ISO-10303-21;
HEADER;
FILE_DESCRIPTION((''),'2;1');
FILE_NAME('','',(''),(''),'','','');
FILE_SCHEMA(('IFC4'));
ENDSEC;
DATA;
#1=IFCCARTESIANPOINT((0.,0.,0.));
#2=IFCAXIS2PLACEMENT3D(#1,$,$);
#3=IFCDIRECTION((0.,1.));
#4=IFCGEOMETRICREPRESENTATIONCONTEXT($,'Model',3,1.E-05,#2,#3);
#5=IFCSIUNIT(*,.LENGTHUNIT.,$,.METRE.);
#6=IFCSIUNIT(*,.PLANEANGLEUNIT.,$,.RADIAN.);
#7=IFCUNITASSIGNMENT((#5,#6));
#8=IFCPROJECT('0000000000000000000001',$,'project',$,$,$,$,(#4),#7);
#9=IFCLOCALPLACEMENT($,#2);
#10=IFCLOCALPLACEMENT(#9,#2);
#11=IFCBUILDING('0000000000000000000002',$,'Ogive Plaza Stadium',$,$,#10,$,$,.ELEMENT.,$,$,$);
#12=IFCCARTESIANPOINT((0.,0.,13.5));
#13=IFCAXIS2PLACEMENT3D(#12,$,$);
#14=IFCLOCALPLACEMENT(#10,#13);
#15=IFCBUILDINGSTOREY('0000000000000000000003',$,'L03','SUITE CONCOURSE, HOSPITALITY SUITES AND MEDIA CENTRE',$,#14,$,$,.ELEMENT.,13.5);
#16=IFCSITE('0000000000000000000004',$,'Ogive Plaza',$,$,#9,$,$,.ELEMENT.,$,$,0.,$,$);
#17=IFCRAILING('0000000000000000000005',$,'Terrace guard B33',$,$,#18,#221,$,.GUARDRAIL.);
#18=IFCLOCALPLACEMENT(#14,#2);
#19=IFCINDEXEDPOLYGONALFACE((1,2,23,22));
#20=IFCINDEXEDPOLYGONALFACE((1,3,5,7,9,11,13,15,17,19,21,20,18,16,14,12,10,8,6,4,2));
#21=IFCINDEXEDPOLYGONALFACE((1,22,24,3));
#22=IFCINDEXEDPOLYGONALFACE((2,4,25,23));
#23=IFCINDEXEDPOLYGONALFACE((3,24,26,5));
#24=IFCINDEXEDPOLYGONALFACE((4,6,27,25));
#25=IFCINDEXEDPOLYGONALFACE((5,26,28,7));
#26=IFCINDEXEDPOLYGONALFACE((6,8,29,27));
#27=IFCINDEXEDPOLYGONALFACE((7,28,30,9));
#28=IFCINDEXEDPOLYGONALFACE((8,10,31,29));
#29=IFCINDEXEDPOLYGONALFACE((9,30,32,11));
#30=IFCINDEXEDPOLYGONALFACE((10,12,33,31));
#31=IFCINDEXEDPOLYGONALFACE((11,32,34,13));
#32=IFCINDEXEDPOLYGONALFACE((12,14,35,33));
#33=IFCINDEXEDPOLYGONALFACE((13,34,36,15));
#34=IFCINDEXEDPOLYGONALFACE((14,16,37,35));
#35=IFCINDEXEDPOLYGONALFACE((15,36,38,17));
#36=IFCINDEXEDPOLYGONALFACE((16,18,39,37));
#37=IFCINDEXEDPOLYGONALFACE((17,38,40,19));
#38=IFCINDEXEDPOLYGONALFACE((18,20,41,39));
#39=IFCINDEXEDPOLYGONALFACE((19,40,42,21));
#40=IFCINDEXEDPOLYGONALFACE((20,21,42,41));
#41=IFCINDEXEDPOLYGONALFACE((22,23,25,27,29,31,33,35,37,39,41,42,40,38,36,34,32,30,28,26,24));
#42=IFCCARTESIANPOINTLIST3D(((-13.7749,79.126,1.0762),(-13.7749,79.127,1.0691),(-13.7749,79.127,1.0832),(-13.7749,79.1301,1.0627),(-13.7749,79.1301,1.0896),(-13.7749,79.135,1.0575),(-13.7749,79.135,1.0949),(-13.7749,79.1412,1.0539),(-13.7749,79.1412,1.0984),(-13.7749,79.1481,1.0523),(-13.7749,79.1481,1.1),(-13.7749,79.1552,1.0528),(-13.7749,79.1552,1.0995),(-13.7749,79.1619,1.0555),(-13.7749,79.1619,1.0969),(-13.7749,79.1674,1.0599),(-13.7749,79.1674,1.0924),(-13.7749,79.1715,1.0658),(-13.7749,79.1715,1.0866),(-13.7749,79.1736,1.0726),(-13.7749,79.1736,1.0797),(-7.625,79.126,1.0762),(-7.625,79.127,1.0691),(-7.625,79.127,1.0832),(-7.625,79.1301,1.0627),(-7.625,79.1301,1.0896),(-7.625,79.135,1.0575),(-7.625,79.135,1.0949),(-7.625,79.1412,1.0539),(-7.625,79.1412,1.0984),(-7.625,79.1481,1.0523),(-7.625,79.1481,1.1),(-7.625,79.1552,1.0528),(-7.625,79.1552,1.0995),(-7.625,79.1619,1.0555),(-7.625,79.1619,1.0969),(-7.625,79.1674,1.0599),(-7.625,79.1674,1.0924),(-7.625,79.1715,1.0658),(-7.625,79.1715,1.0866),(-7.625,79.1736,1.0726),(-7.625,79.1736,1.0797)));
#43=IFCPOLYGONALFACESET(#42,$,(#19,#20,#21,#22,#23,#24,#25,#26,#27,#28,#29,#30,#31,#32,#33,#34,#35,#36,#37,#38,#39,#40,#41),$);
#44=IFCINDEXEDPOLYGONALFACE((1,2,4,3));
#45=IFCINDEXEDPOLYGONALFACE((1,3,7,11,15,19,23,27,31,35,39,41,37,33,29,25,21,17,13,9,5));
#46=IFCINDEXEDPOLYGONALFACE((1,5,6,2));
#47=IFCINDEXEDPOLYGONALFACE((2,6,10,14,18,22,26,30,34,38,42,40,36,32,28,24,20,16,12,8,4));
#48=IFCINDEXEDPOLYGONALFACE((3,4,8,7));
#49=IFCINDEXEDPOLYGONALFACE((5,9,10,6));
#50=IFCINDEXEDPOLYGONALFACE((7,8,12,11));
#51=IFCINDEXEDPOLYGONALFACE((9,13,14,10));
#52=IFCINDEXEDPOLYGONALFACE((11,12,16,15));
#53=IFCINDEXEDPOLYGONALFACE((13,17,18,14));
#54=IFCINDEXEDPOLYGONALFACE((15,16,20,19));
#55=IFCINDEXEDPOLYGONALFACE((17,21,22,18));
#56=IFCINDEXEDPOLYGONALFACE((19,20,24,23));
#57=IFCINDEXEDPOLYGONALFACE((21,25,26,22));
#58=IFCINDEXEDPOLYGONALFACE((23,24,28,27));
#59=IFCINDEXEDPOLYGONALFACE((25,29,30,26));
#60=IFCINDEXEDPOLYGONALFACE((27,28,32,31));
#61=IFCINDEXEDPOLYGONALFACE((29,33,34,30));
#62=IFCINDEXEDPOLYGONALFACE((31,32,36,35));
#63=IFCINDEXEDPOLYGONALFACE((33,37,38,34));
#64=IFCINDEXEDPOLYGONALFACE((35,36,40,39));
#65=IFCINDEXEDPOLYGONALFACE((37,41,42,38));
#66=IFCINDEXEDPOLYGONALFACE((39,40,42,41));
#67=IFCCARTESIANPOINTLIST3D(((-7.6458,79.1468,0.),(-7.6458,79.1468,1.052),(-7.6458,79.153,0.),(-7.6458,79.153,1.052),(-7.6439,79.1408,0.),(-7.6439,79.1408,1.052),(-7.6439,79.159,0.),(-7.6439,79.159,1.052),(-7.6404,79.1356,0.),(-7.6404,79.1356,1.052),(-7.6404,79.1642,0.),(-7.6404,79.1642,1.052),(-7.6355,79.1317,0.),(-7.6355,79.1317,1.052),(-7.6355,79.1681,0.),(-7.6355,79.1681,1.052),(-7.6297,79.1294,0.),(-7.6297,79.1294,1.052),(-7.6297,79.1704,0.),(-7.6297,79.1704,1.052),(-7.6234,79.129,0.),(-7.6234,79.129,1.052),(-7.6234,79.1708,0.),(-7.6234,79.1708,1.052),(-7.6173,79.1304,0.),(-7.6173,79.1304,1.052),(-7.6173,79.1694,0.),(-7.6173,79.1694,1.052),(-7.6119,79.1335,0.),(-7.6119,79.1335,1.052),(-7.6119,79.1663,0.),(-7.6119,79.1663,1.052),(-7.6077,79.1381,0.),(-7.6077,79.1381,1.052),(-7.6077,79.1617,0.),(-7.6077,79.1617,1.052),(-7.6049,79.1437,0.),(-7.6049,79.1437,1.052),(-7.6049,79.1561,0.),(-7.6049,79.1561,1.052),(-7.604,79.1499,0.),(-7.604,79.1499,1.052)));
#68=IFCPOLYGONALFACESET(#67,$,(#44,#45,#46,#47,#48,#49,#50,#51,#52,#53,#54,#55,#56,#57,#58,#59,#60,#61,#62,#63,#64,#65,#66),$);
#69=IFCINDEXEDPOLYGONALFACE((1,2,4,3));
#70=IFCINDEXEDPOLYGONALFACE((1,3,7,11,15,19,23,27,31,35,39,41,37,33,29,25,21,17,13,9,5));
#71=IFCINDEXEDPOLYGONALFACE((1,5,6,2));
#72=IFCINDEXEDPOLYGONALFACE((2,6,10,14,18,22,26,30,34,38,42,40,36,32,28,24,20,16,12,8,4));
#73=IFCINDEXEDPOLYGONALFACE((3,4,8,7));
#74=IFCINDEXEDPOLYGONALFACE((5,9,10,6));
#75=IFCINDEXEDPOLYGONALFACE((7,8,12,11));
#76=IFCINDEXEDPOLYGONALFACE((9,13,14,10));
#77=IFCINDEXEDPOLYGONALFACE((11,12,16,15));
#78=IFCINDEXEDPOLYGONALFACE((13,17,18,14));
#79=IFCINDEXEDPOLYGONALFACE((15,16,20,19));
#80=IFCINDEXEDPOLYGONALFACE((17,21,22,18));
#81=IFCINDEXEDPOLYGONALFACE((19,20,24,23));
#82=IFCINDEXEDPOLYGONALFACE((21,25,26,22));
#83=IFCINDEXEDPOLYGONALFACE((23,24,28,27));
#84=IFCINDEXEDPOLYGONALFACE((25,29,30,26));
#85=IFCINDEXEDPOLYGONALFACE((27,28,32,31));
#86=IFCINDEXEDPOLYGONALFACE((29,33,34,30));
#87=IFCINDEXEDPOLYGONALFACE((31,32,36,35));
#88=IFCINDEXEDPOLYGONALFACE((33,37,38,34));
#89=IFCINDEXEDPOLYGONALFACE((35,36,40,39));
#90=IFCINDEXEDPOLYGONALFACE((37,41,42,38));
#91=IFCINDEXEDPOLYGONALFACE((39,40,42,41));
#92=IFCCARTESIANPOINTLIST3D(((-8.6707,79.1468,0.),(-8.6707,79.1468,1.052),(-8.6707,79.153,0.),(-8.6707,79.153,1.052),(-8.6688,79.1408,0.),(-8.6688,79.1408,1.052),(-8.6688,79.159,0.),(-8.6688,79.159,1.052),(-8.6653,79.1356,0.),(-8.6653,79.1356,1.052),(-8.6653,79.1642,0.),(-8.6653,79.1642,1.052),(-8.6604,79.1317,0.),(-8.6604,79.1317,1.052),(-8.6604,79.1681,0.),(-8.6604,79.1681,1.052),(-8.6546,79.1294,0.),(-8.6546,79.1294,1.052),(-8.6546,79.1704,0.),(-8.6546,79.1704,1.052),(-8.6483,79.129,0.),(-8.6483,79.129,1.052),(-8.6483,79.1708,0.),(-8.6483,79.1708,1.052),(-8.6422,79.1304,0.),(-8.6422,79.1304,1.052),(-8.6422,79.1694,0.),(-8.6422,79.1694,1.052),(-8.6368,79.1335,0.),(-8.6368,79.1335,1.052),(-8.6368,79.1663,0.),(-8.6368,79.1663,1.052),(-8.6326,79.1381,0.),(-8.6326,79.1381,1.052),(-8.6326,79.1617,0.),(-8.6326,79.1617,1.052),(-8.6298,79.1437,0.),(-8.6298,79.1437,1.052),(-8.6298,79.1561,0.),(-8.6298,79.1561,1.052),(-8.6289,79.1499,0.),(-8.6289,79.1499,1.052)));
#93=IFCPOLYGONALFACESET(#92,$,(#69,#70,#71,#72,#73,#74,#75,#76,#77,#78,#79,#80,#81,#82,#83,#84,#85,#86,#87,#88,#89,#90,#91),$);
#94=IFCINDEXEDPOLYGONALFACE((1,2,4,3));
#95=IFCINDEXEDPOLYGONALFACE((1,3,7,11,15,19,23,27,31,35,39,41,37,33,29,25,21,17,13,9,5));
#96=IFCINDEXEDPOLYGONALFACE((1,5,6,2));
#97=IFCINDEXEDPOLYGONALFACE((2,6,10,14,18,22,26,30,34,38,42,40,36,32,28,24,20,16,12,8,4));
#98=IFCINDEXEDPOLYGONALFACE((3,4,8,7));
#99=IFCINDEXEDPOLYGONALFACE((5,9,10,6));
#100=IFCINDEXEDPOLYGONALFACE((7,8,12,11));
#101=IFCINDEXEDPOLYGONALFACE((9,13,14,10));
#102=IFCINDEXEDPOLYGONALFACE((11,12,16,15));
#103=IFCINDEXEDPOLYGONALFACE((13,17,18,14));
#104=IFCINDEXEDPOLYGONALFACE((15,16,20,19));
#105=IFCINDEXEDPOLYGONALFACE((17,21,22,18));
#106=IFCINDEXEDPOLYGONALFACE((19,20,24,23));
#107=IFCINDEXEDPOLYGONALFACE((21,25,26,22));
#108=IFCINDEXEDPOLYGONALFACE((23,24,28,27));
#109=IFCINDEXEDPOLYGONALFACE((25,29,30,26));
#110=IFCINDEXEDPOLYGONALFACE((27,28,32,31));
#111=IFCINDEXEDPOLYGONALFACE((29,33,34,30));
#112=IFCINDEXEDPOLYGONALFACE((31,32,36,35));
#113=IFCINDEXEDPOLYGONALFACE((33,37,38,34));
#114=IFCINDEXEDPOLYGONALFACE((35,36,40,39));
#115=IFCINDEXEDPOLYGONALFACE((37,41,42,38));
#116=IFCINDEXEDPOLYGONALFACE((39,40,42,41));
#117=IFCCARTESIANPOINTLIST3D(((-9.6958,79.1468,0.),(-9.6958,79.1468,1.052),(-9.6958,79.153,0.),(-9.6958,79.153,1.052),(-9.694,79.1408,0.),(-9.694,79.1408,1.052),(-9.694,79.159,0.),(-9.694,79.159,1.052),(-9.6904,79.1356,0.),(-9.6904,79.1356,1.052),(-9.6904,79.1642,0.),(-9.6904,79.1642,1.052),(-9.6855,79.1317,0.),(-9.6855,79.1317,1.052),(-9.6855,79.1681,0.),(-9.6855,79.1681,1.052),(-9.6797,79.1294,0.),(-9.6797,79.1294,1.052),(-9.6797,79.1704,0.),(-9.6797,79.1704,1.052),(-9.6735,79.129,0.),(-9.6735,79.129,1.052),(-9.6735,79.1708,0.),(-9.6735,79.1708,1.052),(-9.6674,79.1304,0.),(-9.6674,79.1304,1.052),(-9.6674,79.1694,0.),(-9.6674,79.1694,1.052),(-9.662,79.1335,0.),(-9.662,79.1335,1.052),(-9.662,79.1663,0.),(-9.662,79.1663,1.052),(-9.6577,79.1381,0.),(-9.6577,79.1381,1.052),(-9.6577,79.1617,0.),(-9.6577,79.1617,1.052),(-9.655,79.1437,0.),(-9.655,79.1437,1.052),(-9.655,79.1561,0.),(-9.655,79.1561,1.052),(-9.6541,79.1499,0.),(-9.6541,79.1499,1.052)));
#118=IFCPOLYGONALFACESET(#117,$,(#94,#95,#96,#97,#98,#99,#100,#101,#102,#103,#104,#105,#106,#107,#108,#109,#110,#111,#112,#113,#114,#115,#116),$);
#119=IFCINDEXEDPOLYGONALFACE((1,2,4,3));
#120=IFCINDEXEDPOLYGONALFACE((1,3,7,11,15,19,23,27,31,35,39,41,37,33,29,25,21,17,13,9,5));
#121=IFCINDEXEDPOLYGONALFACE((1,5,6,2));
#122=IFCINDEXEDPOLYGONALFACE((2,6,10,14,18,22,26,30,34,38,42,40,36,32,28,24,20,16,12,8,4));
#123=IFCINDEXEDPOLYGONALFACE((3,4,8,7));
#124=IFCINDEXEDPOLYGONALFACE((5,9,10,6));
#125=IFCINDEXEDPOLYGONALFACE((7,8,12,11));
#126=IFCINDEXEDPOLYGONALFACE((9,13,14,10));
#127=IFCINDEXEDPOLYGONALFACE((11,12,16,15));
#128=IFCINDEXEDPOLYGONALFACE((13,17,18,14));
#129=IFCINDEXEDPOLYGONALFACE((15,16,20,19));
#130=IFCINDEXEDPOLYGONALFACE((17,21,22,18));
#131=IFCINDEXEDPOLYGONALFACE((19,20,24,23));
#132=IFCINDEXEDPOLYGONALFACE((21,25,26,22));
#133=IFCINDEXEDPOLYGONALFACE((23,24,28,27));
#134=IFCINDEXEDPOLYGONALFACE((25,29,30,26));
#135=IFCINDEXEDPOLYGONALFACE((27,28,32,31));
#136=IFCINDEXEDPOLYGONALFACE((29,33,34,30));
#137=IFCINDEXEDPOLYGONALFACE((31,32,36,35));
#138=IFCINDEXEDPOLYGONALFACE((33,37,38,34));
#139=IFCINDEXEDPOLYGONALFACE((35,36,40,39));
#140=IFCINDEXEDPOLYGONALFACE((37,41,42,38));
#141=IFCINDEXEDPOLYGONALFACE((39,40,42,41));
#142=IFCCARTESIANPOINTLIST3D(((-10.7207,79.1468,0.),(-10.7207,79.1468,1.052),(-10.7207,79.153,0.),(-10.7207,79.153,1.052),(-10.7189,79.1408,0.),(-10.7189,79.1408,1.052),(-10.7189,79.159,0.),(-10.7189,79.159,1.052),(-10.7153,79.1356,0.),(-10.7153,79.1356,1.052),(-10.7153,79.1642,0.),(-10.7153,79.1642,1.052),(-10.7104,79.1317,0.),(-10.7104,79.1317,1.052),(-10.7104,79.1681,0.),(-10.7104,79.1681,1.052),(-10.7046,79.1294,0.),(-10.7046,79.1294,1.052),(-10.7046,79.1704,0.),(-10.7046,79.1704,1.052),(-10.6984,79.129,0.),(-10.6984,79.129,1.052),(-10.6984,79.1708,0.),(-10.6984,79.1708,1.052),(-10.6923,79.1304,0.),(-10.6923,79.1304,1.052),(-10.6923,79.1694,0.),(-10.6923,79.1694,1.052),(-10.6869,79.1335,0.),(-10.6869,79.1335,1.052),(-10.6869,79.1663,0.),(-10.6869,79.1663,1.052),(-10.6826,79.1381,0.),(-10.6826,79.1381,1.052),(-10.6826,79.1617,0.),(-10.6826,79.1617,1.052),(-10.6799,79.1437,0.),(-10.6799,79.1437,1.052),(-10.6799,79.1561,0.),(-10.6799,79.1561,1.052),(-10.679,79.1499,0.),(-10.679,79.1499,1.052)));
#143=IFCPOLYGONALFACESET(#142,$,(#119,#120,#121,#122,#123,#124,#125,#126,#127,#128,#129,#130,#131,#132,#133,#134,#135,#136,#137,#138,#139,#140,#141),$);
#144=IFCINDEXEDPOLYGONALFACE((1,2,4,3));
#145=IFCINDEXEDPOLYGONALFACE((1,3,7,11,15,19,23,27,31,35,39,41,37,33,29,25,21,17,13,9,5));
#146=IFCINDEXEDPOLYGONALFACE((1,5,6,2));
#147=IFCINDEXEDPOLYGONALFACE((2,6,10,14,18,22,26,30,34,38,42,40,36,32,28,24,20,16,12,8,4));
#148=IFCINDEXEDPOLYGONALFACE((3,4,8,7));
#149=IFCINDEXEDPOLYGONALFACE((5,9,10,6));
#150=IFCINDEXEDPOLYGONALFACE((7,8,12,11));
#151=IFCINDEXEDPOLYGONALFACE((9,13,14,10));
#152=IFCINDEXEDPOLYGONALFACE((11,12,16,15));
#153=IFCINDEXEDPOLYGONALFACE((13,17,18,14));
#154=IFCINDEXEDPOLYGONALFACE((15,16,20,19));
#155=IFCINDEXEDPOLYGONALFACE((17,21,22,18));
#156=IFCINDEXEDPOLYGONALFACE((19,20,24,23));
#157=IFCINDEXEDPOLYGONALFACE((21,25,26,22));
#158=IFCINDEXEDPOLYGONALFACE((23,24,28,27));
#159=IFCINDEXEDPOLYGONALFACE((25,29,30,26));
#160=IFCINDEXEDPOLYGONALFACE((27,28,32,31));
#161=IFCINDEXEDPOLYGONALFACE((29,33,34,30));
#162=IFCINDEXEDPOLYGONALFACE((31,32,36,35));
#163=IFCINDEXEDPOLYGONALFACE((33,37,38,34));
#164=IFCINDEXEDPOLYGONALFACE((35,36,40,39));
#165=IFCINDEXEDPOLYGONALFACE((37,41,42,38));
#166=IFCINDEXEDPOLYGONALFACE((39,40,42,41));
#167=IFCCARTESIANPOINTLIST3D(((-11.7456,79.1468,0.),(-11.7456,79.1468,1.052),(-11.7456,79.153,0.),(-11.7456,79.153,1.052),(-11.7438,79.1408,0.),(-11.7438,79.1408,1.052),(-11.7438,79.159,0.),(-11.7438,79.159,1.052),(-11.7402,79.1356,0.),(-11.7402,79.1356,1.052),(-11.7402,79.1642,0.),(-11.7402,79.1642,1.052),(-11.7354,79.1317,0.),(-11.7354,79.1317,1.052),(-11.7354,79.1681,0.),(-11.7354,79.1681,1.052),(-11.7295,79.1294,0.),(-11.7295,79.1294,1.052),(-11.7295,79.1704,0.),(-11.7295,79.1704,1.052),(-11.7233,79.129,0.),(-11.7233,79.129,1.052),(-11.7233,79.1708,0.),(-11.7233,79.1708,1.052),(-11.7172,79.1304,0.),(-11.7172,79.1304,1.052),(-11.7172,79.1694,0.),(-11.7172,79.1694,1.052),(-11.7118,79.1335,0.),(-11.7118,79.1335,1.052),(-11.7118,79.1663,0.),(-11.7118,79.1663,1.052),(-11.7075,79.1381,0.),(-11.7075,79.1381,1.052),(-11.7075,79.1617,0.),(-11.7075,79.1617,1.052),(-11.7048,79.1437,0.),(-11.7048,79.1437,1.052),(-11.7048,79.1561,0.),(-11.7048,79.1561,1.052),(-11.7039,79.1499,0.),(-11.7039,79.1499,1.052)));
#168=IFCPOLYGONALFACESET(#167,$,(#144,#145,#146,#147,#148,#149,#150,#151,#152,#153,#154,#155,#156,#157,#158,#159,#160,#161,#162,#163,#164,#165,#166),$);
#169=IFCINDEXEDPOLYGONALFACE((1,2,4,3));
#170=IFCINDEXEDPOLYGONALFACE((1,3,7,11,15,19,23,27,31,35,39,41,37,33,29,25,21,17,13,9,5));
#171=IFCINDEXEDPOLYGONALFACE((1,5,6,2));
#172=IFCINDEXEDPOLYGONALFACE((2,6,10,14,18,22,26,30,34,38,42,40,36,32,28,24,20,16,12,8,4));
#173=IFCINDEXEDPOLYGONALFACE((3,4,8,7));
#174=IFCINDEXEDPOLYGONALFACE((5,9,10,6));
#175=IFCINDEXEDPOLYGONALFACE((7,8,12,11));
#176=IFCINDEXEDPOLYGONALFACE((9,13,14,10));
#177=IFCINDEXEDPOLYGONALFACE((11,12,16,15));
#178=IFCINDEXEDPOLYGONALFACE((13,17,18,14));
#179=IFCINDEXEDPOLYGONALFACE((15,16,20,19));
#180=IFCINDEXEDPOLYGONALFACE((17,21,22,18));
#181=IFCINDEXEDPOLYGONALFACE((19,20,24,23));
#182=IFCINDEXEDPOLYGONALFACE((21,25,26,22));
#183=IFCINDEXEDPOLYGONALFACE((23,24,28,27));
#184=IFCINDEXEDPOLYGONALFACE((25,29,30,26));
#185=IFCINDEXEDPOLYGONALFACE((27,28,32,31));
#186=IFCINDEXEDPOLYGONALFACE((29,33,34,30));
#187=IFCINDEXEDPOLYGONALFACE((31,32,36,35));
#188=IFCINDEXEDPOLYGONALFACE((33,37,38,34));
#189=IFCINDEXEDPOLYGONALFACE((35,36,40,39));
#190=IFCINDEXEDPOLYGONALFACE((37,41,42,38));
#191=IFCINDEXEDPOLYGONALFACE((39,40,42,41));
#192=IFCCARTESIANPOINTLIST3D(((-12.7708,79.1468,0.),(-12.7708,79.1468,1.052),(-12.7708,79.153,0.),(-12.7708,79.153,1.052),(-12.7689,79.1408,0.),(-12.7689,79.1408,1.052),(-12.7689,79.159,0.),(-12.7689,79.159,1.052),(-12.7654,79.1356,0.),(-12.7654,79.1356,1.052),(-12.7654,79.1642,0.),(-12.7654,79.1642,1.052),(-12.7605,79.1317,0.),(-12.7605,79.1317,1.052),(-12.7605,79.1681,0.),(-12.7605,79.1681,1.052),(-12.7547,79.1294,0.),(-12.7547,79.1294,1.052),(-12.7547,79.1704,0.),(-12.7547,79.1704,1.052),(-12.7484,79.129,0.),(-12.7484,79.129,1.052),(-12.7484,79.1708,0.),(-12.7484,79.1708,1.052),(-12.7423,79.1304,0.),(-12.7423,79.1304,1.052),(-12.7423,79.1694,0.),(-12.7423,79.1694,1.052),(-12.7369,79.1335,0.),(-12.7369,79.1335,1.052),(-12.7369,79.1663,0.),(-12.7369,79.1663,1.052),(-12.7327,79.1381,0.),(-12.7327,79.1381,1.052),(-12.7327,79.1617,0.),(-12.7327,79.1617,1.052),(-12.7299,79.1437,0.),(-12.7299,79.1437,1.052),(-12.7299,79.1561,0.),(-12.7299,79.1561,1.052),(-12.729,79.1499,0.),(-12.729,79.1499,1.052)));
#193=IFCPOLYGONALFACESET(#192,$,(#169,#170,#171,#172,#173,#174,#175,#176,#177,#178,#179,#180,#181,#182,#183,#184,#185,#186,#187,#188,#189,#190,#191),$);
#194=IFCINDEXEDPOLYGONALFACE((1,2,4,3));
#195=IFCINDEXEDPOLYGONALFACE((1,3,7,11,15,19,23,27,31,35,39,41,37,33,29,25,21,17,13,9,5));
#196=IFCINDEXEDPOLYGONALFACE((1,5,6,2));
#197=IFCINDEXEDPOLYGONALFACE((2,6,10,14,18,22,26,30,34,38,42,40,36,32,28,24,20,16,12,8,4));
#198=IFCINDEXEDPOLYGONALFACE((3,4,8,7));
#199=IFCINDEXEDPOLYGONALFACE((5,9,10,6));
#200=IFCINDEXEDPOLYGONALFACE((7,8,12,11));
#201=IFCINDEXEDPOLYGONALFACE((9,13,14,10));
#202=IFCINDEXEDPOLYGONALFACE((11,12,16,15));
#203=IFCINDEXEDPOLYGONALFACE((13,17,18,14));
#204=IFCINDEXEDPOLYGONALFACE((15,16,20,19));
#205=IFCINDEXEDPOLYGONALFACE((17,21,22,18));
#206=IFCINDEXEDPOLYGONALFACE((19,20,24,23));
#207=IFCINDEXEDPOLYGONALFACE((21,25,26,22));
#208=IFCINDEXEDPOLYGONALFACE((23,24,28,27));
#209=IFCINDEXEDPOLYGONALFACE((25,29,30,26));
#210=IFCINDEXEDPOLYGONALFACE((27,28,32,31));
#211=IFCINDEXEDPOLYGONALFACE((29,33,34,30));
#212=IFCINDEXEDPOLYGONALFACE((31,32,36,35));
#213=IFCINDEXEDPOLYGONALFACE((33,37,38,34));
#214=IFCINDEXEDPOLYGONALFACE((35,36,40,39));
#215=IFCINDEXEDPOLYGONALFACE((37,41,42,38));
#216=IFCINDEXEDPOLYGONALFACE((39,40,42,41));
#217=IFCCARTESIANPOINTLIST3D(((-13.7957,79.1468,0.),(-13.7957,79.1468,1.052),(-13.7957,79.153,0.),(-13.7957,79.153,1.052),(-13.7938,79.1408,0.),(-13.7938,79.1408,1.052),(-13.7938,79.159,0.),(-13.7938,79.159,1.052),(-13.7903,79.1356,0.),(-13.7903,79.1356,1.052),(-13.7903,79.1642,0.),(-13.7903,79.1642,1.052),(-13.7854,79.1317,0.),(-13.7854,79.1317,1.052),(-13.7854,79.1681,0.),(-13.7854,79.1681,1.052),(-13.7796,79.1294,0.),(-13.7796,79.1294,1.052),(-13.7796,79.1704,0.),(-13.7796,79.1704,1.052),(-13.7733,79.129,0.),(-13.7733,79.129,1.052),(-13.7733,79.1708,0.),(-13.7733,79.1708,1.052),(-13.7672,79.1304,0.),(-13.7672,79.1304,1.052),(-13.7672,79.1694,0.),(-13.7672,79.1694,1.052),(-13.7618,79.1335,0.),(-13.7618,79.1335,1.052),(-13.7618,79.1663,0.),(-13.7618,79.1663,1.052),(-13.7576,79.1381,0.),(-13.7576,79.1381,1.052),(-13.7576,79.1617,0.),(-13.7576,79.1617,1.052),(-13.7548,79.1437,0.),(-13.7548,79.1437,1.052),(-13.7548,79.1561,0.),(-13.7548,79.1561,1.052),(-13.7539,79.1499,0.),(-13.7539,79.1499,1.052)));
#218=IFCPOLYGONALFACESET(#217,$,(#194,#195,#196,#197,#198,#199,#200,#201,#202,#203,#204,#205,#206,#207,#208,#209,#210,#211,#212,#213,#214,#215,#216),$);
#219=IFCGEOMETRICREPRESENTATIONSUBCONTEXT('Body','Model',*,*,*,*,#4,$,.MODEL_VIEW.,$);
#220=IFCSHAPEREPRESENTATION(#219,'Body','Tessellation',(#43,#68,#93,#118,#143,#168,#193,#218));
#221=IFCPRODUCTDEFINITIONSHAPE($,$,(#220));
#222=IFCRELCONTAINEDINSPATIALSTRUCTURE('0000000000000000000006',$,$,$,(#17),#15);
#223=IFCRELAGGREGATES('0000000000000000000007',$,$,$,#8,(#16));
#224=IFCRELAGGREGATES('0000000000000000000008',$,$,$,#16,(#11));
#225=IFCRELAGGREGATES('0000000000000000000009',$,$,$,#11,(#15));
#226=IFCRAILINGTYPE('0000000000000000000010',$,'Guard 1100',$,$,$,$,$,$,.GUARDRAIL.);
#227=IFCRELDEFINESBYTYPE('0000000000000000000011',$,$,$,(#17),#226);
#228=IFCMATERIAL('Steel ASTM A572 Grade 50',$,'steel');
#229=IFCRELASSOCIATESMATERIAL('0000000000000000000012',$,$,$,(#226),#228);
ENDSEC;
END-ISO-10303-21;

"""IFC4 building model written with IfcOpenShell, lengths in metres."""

from ifc_helpers import new_model, si_unit, direction, frame, origin, origin_2d, place, context, subcontext, project, spatial, circle, extrude, material, type_object, element, save


model = new_model("IFC4")

# Units and contexts
model_context = context("Model", 3, precision=1e-05, world=origin(), true_north=direction((0.0, 1.0)))
body_context = subcontext(model_context, "Body", "Model", "MODEL_VIEW")
ifc_project = project(units=[si_unit("LENGTHUNIT", "METRE"), si_unit("PLANEANGLEUNIT", "RADIAN")], contexts=[model_context])

# Site, building, storey
site_placement = place(None, origin())
site = spatial("IfcSite", under=ifc_project, at=site_placement, Name="Ogive Plaza", CompositionType="ELEMENT", RefElevation=0.0)
building_placement = place(site_placement, origin())
building = spatial("IfcBuilding", under=site, at=building_placement, Name="Ogive Plaza Stadium", CompositionType="ELEMENT")
storey_placement = place(building_placement, frame((0.0, 0.0, 13.5)))
storey = spatial("IfcBuildingStorey", under=building, at=storey_placement, Name="L03", Description="SUITE CONCOURSE, HOSPITALITY SUITES AND MEDIA CENTRE", CompositionType="ELEMENT", Elevation=13.5)

# Railing
ifc_material_1 = material(Name="Steel ASTM A572 Grade 50", Category="steel")
railing_type = type_object("IfcRailingType", Name="Guard 1100", PredefinedType="GUARDRAIL", material=ifc_material_1)
railing_1_placement = place(storey_placement, frame((-7.625, 79.1499, 0.0)))
element("IfcRailing", 1, at=railing_1_placement, inside=storey, type_object=railing_type, Name="Terrace guard B33", PredefinedType="GUARDRAIL", context=body_context, shape_type="SweptSolid", body=[
    extrude(circle(Radius=0.0239, at=origin_2d()), frame((0.0, 0.0, 1.0762), z_axis=(-1.0, 0.0, 0.0), x_axis=(0.0, -1.0, 0.0)), (0.0, 0.0, 1.0), 6.1499),
    extrude(circle(Radius=0.021, at=origin_2d()), origin(), (0.0, 0.0, 1.0), 1.052),
    extrude(circle(Radius=0.021, at=origin_2d()), frame((-1.0249, 0.0, 0.0)), (0.0, 0.0, 1.0), 1.052),
    extrude(circle(Radius=0.021, at=origin_2d()), frame((-2.05, 0.0, 0.0)), (0.0, 0.0, 1.0), 1.052),
    extrude(circle(Radius=0.021, at=origin_2d()), frame((-3.075, 0.0, 0.0)), (0.0, 0.0, 1.0), 1.052),
    extrude(circle(Radius=0.021, at=origin_2d()), frame((-4.0999, 0.0, 0.0)), (0.0, 0.0, 1.0), 1.052),
    extrude(circle(Radius=0.021, at=origin_2d()), frame((-5.125, 0.0, 0.0)), (0.0, 0.0, 1.0), 1.052),
    extrude(circle(Radius=0.021, at=origin_2d()), frame((-6.1499, 0.0, 0.0)), (0.0, 0.0, 1.0), 1.052),
])

save(model, "model.ifc")
